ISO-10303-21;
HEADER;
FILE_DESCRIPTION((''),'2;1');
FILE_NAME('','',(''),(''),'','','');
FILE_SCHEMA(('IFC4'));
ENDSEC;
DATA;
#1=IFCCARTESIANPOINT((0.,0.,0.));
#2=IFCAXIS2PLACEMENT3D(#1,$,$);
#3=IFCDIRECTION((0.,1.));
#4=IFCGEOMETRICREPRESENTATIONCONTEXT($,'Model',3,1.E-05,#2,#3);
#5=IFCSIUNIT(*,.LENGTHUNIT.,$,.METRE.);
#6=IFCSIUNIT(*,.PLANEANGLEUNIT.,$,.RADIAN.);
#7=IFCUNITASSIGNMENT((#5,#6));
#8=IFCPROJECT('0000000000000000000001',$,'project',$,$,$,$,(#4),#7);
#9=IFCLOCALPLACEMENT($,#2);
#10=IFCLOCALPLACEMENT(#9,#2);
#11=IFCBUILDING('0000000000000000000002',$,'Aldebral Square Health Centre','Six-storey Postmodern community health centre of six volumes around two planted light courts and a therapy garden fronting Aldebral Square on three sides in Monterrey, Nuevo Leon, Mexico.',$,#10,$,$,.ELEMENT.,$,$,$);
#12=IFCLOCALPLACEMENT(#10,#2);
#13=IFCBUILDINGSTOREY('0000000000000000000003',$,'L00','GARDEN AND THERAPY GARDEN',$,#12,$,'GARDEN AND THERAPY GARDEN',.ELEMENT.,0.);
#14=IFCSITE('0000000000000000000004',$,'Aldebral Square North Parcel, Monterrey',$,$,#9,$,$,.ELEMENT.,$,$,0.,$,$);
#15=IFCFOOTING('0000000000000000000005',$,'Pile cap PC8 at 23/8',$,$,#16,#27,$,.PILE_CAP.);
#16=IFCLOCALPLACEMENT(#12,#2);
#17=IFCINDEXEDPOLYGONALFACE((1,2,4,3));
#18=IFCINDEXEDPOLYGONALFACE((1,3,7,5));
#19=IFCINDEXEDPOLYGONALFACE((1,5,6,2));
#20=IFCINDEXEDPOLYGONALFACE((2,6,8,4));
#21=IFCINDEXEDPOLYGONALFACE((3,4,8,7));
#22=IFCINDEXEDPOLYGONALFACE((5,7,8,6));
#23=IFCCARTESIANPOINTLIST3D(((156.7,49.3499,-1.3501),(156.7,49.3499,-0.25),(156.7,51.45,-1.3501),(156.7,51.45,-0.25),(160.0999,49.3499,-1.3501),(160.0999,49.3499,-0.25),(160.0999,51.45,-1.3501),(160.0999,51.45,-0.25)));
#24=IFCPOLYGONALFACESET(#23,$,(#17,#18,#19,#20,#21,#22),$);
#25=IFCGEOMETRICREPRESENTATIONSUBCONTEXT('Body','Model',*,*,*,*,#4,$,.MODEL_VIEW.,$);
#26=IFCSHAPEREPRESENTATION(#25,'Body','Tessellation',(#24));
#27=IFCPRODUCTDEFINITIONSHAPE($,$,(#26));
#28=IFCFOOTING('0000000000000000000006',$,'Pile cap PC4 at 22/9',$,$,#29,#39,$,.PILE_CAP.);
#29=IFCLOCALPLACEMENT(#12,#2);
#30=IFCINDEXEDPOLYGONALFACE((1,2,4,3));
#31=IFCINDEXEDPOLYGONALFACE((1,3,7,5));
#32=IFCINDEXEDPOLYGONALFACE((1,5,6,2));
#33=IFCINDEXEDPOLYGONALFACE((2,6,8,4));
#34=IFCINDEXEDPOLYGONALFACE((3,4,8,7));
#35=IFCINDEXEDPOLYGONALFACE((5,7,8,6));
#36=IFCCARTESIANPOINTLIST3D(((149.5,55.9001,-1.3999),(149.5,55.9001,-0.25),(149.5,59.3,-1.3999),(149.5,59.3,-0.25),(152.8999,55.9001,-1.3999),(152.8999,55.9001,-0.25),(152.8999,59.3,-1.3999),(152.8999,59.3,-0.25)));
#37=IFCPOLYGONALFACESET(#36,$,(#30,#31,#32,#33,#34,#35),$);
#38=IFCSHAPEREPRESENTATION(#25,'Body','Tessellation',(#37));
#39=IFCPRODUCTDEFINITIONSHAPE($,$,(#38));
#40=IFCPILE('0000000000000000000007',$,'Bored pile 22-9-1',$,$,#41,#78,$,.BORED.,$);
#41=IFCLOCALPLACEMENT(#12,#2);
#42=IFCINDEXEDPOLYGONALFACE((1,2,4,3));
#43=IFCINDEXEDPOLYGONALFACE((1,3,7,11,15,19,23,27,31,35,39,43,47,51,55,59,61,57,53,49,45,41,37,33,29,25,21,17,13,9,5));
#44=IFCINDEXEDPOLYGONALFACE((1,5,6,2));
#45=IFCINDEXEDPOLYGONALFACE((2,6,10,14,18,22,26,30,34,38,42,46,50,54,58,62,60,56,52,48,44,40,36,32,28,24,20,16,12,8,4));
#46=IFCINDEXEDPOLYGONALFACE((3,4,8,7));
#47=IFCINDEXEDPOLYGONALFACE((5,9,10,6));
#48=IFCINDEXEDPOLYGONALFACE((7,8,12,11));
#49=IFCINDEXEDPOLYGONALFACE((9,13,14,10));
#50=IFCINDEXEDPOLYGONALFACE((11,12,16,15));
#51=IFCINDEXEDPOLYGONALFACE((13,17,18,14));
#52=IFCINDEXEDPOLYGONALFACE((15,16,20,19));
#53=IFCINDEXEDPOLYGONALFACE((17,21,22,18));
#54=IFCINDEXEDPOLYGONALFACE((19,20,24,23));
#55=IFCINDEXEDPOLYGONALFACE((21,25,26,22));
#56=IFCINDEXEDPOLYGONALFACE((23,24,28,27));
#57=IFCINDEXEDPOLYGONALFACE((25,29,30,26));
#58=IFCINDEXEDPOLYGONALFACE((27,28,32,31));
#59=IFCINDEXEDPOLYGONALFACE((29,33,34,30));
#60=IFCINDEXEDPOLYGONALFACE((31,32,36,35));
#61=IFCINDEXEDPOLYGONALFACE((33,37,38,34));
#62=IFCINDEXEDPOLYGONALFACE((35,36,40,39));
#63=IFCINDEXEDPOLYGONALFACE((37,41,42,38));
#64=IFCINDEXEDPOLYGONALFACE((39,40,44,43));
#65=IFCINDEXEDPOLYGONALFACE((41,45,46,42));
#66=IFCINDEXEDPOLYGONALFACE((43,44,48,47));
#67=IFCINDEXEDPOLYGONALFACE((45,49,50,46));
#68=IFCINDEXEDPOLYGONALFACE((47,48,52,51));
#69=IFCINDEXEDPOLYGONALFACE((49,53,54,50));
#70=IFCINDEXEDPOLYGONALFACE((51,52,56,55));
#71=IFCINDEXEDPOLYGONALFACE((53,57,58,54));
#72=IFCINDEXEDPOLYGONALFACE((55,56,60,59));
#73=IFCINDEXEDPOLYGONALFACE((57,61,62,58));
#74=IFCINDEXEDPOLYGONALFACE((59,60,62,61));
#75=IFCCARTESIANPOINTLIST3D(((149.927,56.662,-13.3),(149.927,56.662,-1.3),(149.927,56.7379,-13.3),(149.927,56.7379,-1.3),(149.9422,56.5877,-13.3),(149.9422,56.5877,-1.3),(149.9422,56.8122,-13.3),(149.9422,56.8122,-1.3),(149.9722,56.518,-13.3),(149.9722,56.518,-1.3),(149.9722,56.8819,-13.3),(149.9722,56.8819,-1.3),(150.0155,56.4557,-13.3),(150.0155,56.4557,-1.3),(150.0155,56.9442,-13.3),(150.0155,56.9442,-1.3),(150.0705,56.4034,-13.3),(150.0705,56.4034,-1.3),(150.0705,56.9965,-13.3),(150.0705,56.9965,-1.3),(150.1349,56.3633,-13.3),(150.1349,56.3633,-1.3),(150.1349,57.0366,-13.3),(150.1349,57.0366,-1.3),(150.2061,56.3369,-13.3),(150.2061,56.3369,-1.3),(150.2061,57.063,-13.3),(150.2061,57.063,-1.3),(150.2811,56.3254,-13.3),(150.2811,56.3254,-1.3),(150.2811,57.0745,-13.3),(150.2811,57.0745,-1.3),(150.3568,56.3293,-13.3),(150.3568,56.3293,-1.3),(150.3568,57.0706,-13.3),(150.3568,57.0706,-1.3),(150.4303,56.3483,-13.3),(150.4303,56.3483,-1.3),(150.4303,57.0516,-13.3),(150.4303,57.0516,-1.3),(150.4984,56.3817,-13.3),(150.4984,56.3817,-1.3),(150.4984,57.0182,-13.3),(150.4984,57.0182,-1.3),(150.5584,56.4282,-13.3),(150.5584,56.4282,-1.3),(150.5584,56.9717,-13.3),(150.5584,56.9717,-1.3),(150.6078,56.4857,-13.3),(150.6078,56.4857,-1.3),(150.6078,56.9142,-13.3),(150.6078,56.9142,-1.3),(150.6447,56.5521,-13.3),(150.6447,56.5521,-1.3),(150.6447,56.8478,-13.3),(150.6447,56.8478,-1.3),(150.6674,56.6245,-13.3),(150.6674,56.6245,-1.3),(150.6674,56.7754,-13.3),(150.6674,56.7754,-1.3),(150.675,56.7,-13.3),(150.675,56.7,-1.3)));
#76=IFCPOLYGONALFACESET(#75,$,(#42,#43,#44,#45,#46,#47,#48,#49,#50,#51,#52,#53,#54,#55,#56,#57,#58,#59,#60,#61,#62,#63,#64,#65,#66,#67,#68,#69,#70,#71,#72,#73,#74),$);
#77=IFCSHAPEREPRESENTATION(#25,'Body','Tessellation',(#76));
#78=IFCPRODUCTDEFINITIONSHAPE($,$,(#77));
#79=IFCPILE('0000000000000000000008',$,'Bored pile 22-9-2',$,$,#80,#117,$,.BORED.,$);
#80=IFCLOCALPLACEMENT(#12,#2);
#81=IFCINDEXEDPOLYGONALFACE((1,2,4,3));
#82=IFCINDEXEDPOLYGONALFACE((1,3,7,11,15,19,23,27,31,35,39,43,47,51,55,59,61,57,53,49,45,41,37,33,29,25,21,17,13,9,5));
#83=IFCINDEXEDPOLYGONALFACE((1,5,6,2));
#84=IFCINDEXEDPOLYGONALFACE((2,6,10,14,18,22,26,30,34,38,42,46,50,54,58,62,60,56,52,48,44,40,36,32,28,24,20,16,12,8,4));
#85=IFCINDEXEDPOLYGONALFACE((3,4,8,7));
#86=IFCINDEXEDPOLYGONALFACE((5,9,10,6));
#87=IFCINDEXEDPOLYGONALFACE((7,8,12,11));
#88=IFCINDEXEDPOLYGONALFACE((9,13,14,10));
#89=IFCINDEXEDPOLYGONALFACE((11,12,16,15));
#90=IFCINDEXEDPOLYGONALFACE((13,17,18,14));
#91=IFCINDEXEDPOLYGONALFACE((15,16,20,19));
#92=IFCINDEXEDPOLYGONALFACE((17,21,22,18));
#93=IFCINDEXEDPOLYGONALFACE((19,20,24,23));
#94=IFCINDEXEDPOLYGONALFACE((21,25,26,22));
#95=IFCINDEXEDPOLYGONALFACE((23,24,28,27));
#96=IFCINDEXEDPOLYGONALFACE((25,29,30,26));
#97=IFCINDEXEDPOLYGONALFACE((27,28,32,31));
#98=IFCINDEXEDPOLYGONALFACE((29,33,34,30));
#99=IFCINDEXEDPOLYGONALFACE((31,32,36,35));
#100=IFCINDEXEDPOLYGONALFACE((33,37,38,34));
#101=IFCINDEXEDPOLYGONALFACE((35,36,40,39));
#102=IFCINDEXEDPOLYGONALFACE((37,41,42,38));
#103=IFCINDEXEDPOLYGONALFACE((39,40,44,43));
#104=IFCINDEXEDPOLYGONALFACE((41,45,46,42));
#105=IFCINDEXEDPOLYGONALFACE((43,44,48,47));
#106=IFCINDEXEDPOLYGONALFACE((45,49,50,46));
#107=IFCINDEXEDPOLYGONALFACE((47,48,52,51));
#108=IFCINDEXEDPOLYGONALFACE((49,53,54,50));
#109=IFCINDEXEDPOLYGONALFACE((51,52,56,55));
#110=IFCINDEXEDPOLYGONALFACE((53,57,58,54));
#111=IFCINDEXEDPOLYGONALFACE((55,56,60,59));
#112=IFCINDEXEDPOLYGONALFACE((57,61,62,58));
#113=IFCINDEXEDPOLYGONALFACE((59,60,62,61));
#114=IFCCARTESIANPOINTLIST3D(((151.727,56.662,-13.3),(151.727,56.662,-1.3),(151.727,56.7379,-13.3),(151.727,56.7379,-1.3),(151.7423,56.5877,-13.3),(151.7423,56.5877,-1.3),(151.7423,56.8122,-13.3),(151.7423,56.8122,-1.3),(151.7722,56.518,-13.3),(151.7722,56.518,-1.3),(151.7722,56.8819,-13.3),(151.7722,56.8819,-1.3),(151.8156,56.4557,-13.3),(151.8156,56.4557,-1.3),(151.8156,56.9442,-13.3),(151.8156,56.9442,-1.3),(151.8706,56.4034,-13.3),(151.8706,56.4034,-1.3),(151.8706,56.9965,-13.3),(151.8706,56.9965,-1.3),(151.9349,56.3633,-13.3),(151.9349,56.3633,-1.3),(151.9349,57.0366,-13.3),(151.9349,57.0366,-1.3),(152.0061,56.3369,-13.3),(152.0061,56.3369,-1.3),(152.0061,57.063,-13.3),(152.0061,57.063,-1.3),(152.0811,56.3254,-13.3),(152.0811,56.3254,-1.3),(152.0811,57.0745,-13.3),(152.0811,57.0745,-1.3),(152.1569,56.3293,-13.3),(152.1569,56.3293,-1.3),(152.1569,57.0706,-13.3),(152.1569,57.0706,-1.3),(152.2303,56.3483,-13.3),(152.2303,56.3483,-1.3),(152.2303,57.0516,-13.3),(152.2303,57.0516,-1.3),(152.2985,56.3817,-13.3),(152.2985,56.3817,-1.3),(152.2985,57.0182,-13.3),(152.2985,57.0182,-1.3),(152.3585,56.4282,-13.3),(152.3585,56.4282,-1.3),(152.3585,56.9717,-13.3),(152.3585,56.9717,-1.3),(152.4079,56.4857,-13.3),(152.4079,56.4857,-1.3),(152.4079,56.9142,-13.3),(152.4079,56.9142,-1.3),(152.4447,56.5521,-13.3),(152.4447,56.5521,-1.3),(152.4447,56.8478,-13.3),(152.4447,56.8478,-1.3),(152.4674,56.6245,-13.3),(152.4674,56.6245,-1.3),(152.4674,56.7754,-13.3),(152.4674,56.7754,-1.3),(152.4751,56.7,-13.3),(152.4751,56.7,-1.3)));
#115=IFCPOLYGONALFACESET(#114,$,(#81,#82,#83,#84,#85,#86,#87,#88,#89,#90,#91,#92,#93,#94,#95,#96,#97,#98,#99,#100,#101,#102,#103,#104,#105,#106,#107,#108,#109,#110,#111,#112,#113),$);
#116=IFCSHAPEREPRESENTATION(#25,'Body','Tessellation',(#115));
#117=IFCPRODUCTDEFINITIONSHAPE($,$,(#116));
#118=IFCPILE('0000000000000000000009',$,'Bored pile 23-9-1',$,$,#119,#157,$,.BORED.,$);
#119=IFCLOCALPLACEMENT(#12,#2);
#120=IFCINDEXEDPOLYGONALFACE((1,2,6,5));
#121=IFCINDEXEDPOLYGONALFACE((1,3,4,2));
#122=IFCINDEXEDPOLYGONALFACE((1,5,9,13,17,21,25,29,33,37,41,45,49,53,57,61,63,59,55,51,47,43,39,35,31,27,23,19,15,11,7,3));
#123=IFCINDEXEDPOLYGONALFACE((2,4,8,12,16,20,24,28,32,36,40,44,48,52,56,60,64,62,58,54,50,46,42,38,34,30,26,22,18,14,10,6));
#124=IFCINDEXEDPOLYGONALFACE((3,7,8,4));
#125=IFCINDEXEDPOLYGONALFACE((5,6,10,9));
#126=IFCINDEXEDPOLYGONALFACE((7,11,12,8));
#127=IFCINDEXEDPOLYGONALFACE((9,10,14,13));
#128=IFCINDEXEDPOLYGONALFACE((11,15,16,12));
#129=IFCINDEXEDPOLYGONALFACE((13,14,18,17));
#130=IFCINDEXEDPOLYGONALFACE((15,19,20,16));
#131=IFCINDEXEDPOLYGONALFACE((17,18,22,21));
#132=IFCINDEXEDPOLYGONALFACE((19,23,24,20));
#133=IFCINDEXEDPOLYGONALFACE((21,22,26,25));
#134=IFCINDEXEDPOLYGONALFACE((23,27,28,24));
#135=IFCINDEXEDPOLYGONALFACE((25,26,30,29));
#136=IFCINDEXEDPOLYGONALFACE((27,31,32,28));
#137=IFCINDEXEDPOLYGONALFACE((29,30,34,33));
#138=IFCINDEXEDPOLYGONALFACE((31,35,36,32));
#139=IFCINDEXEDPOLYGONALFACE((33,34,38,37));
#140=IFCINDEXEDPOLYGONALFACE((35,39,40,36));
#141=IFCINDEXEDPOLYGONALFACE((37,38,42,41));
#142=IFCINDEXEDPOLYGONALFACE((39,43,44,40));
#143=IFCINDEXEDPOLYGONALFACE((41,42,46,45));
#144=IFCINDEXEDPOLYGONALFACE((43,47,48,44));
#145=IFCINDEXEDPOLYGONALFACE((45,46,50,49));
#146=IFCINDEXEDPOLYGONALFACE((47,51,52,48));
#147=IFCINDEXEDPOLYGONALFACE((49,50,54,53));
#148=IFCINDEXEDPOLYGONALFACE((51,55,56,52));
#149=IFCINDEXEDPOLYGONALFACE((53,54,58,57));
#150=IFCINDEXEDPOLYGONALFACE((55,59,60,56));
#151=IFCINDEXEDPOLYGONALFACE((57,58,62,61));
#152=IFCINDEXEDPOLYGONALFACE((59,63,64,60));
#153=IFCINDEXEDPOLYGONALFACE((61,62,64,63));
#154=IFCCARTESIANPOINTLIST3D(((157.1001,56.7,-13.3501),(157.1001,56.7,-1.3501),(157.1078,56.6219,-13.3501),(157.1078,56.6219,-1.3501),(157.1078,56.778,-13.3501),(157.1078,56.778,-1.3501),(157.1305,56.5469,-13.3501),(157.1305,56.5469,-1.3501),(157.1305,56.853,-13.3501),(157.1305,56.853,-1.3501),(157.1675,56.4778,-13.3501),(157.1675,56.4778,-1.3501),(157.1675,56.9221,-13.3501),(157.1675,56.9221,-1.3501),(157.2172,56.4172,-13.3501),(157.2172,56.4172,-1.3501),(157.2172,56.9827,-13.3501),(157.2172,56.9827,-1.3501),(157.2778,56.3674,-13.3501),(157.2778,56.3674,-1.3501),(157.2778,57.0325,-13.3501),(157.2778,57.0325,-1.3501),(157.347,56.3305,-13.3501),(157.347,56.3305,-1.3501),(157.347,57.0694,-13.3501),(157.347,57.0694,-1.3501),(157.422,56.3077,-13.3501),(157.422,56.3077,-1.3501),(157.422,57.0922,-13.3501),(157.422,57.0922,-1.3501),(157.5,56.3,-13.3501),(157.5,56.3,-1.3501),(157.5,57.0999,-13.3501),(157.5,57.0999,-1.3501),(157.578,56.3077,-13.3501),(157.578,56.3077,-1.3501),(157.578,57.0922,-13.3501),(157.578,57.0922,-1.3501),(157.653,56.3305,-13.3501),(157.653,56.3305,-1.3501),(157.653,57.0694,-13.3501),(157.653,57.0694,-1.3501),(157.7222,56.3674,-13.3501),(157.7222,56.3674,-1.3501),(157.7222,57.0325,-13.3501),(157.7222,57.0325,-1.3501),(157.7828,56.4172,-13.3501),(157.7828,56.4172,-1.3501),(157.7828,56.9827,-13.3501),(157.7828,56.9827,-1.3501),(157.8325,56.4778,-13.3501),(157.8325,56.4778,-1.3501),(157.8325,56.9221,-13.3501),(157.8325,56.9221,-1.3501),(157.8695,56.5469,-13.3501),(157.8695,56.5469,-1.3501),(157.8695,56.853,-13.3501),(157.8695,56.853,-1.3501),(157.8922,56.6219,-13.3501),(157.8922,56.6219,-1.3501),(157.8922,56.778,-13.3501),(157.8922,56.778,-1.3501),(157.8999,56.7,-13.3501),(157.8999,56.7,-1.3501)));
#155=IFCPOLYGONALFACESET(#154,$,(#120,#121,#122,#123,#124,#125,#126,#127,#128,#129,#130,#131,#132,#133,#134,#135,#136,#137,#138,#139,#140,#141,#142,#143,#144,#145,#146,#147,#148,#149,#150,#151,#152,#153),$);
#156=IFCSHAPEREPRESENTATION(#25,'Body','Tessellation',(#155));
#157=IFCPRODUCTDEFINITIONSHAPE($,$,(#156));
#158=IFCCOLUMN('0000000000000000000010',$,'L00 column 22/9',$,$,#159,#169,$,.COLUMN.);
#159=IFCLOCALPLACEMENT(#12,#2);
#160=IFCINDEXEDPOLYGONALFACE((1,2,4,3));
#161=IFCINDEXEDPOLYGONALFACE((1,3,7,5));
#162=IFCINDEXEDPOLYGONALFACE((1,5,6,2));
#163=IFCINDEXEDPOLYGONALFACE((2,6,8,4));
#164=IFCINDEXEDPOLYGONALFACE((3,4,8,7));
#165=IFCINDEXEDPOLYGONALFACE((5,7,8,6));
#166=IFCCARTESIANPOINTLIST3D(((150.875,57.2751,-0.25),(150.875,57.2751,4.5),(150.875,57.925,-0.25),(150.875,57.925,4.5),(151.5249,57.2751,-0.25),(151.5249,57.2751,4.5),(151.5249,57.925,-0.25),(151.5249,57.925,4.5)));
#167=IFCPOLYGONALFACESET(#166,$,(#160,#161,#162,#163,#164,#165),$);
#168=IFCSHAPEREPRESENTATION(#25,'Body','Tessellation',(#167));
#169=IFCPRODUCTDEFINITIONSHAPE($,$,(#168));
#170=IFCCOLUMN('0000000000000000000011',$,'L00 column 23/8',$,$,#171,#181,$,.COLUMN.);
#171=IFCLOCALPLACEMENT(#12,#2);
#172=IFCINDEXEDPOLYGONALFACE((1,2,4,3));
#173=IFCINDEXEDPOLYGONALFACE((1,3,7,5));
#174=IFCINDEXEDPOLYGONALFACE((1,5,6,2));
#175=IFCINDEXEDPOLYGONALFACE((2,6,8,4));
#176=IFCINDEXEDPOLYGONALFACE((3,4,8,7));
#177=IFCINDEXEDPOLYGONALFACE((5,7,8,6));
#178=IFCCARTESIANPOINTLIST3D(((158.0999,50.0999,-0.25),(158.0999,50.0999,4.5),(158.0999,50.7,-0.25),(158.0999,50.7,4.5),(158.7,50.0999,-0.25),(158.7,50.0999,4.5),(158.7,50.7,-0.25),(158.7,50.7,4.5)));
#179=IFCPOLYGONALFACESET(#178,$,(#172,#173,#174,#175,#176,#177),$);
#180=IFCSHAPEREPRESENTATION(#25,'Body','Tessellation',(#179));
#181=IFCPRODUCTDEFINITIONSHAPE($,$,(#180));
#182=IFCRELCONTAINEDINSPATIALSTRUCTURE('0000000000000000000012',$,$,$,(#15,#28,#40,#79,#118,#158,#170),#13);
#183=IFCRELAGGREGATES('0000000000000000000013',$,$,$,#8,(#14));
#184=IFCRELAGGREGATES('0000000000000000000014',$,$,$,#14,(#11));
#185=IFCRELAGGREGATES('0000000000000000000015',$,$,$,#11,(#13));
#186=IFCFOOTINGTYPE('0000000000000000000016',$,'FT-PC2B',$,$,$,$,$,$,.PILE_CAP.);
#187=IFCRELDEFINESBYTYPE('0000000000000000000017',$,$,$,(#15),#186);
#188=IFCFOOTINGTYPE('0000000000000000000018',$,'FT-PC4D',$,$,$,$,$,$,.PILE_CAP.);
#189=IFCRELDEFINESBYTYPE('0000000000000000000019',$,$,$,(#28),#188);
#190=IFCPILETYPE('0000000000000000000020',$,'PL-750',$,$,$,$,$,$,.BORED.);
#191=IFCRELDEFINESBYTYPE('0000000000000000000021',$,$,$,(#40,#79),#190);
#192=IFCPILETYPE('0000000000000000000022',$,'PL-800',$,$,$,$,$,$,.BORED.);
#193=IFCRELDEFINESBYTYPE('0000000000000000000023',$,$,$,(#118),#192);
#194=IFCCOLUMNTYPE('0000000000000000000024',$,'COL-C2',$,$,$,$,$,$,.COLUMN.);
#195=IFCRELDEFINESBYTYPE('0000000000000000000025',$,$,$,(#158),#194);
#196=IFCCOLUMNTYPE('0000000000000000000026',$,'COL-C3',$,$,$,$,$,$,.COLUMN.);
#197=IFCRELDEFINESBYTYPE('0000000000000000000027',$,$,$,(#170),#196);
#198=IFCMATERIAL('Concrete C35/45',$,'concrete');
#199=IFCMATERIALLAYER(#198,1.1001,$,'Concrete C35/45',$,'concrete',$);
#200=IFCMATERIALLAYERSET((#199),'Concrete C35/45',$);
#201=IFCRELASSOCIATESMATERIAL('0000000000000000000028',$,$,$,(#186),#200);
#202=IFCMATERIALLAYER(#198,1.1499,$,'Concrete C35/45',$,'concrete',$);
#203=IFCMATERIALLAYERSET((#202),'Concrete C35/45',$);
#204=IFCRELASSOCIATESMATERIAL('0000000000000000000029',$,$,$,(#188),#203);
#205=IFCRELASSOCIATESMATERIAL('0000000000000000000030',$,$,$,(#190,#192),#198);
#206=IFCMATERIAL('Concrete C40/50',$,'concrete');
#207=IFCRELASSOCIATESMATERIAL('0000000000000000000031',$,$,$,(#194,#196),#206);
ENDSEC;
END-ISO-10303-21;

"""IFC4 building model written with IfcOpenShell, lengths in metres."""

from ifc_helpers import new_model, si_unit, direction, frame, origin, origin_2d, place, context, subcontext, project, spatial, rectangle, circle, extrude, material, layer, layer_set, material_profile, profile_set, type_object, element, save


model = new_model("IFC4")

# Units and contexts
model_context = context("Model", 3, precision=1e-05, world=origin(), true_north=direction((0.0, 1.0)))
body_context = subcontext(model_context, "Body", "Model", "MODEL_VIEW")
ifc_project = project(units=[si_unit("LENGTHUNIT", "METRE"), si_unit("PLANEANGLEUNIT", "RADIAN")], contexts=[model_context])

# Site, building, storey
site_placement = place(None, origin())
site = spatial("IfcSite", under=ifc_project, at=site_placement, Name="Aldebral Square North Parcel, Monterrey", CompositionType="ELEMENT", RefElevation=0.0)
building_placement = place(site_placement, origin())
building = spatial("IfcBuilding", under=site, at=building_placement, Name="Aldebral Square Health Centre", Description="Six-storey Postmodern community health centre of six volumes around two planted light courts and a therapy garden fronting Aldebral Square on three sides in Monterrey, Nuevo Leon, Mexico.", CompositionType="ELEMENT")
storey_placement = place(building_placement, origin())
storey = spatial("IfcBuildingStorey", under=building, at=storey_placement, Name="L00", Description="GARDEN AND THERAPY GARDEN", LongName="GARDEN AND THERAPY GARDEN", CompositionType="ELEMENT", Elevation=0.0)

# Footings
ifc_material_1 = material(Name="Concrete C35/45", Category="concrete")
ifc_layer_1 = layer(ifc_material_1, 1.1001, Name="Concrete C35/45", Category="concrete")
ifc_layer_set_1 = layer_set([ifc_layer_1], Name="Concrete C35/45")
footing_type_1 = type_object("IfcFootingType", Name="FT-PC2B", PredefinedType="PILE_CAP", material=ifc_layer_set_1)
footing_1_placement = place(storey_placement, frame((158.3999, 50.3999, -1.3501), z_axis=(0.0, 0.0, 1.0), x_axis=(1.0, 0.0, 0.0)))
element("IfcFooting", 1, at=footing_1_placement, inside=storey, type_object=footing_type_1, Name="Pile cap PC8 at 23/8", PredefinedType="PILE_CAP", context=body_context, shape_type="SweptSolid", body=[
    extrude(rectangle(XDim=3.3999, YDim=2.1001, at=origin_2d()), origin(), (0.0, 0.0, 1.0), 1.1001),
])
ifc_layer_2 = layer(ifc_material_1, 1.1499, Name="Concrete C35/45", Category="concrete")
ifc_layer_set_2 = layer_set([ifc_layer_2], Name="Concrete C35/45")
footing_type_2 = type_object("IfcFootingType", Name="FT-PC4D", PredefinedType="PILE_CAP", material=ifc_layer_set_2)
footing_2_placement = place(storey_placement, frame((151.2, 57.6001, -1.3999), z_axis=(0.0, 0.0, 1.0), x_axis=(1.0, 0.0, 0.0)))
element("IfcFooting", 2, at=footing_2_placement, inside=storey, type_object=footing_type_2, Name="Pile cap PC4 at 22/9", PredefinedType="PILE_CAP", context=body_context, shape_type="SweptSolid", body=[
    extrude(rectangle(XDim=3.3999, YDim=3.3999, at=origin_2d()), origin(), (0.0, 0.0, 1.0), 1.1499),
])

# Piles
ifc_material_profile_1 = material_profile(ifc_material_1, circle(Radius=0.375, at=origin_2d()), Name="PILE D750")
ifc_profile_set_1 = profile_set([ifc_material_profile_1], Name="Concrete C35/45")
pile_type_1 = type_object("IfcPileType", Name="PL-750", PredefinedType="BORED", material=ifc_profile_set_1)
for number, where, z_axis, x_axis, name in (
    (3, (150.3, 56.7, -1.3), (0.0, 0.0, -1.0), (1.0, 0.0, 0.0), "Bored pile 22-9-1"),
    (4, (152.1001, 56.7, -1.3), (0.0, 0.0, -1.0), (1.0, 0.0, 0.0), "Bored pile 22-9-2"),
):
    element("IfcPile", number, at=place(storey_placement, frame(where, z_axis=z_axis, x_axis=x_axis)), inside=storey, type_object=pile_type_1, Name=name, PredefinedType="BORED", context=body_context, shape_type="SweptSolid", body=[
        extrude(circle(Radius=0.375, at=origin_2d()), origin(), (0.0, 0.0, 1.0), 12.0),
    ])
ifc_material_profile_2 = material_profile(ifc_material_1, circle(Radius=0.3999, at=origin_2d()), Name="PILE D800")
ifc_profile_set_2 = profile_set([ifc_material_profile_2], Name="Concrete C35/45")
pile_type_2 = type_object("IfcPileType", Name="PL-800", PredefinedType="BORED", material=ifc_profile_set_2)
pile_placement = place(storey_placement, frame((157.5, 56.7, -1.3501), z_axis=(0.0, 0.0, -1.0), x_axis=(1.0, 0.0, 0.0)))
element("IfcPile", 5, at=pile_placement, inside=storey, type_object=pile_type_2, Name="Bored pile 23-9-1", PredefinedType="BORED", context=body_context, shape_type="SweptSolid", body=[
    extrude(circle(Radius=0.3999, at=origin_2d()), origin(), (0.0, 0.0, 1.0), 12.0),
])

# Columns
ifc_material_2 = material(Name="Concrete C40/50", Category="concrete")
ifc_material_profile_3 = material_profile(ifc_material_2, rectangle(XDim=0.6499, YDim=0.6499, at=origin_2d()), Name="RC 650x650")
ifc_profile_set_3 = profile_set([ifc_material_profile_3], Name="Concrete C40/50")
column_type_1 = type_object("IfcColumnType", Name="COL-C2", PredefinedType="COLUMN", material=ifc_profile_set_3)
column_1_placement = place(storey_placement, frame((151.2, 57.6001, -0.25), z_axis=(0.0, 0.0, 1.0), x_axis=(1.0, 0.0, 0.0)))
element("IfcColumn", 6, at=column_1_placement, inside=storey, type_object=column_type_1, Name="L00 column 22/9", PredefinedType="COLUMN", context=body_context, shape_type="SweptSolid", body=[
    extrude(rectangle(XDim=0.6499, YDim=0.6499, at=origin_2d()), origin(), (0.0, 0.0, 1.0), 4.75),
])
ifc_material_profile_4 = material_profile(ifc_material_2, rectangle(XDim=0.6001, YDim=0.6001, at=origin_2d()), Name="RC 600x600")
ifc_profile_set_4 = profile_set([ifc_material_profile_4], Name="Concrete C40/50")
column_type_2 = type_object("IfcColumnType", Name="COL-C3", PredefinedType="COLUMN", material=ifc_profile_set_4)
column_2_placement = place(storey_placement, frame((158.3999, 50.3999, -0.25), z_axis=(0.0, 0.0, 1.0), x_axis=(1.0, 0.0, 0.0)))
element("IfcColumn", 7, at=column_2_placement, inside=storey, type_object=column_type_2, Name="L00 column 23/8", PredefinedType="COLUMN", context=body_context, shape_type="SweptSolid", body=[
    extrude(rectangle(XDim=0.6001, YDim=0.6001, at=origin_2d()), origin(), (0.0, 0.0, 1.0), 4.75),
])

save(model, "model.ifc")
